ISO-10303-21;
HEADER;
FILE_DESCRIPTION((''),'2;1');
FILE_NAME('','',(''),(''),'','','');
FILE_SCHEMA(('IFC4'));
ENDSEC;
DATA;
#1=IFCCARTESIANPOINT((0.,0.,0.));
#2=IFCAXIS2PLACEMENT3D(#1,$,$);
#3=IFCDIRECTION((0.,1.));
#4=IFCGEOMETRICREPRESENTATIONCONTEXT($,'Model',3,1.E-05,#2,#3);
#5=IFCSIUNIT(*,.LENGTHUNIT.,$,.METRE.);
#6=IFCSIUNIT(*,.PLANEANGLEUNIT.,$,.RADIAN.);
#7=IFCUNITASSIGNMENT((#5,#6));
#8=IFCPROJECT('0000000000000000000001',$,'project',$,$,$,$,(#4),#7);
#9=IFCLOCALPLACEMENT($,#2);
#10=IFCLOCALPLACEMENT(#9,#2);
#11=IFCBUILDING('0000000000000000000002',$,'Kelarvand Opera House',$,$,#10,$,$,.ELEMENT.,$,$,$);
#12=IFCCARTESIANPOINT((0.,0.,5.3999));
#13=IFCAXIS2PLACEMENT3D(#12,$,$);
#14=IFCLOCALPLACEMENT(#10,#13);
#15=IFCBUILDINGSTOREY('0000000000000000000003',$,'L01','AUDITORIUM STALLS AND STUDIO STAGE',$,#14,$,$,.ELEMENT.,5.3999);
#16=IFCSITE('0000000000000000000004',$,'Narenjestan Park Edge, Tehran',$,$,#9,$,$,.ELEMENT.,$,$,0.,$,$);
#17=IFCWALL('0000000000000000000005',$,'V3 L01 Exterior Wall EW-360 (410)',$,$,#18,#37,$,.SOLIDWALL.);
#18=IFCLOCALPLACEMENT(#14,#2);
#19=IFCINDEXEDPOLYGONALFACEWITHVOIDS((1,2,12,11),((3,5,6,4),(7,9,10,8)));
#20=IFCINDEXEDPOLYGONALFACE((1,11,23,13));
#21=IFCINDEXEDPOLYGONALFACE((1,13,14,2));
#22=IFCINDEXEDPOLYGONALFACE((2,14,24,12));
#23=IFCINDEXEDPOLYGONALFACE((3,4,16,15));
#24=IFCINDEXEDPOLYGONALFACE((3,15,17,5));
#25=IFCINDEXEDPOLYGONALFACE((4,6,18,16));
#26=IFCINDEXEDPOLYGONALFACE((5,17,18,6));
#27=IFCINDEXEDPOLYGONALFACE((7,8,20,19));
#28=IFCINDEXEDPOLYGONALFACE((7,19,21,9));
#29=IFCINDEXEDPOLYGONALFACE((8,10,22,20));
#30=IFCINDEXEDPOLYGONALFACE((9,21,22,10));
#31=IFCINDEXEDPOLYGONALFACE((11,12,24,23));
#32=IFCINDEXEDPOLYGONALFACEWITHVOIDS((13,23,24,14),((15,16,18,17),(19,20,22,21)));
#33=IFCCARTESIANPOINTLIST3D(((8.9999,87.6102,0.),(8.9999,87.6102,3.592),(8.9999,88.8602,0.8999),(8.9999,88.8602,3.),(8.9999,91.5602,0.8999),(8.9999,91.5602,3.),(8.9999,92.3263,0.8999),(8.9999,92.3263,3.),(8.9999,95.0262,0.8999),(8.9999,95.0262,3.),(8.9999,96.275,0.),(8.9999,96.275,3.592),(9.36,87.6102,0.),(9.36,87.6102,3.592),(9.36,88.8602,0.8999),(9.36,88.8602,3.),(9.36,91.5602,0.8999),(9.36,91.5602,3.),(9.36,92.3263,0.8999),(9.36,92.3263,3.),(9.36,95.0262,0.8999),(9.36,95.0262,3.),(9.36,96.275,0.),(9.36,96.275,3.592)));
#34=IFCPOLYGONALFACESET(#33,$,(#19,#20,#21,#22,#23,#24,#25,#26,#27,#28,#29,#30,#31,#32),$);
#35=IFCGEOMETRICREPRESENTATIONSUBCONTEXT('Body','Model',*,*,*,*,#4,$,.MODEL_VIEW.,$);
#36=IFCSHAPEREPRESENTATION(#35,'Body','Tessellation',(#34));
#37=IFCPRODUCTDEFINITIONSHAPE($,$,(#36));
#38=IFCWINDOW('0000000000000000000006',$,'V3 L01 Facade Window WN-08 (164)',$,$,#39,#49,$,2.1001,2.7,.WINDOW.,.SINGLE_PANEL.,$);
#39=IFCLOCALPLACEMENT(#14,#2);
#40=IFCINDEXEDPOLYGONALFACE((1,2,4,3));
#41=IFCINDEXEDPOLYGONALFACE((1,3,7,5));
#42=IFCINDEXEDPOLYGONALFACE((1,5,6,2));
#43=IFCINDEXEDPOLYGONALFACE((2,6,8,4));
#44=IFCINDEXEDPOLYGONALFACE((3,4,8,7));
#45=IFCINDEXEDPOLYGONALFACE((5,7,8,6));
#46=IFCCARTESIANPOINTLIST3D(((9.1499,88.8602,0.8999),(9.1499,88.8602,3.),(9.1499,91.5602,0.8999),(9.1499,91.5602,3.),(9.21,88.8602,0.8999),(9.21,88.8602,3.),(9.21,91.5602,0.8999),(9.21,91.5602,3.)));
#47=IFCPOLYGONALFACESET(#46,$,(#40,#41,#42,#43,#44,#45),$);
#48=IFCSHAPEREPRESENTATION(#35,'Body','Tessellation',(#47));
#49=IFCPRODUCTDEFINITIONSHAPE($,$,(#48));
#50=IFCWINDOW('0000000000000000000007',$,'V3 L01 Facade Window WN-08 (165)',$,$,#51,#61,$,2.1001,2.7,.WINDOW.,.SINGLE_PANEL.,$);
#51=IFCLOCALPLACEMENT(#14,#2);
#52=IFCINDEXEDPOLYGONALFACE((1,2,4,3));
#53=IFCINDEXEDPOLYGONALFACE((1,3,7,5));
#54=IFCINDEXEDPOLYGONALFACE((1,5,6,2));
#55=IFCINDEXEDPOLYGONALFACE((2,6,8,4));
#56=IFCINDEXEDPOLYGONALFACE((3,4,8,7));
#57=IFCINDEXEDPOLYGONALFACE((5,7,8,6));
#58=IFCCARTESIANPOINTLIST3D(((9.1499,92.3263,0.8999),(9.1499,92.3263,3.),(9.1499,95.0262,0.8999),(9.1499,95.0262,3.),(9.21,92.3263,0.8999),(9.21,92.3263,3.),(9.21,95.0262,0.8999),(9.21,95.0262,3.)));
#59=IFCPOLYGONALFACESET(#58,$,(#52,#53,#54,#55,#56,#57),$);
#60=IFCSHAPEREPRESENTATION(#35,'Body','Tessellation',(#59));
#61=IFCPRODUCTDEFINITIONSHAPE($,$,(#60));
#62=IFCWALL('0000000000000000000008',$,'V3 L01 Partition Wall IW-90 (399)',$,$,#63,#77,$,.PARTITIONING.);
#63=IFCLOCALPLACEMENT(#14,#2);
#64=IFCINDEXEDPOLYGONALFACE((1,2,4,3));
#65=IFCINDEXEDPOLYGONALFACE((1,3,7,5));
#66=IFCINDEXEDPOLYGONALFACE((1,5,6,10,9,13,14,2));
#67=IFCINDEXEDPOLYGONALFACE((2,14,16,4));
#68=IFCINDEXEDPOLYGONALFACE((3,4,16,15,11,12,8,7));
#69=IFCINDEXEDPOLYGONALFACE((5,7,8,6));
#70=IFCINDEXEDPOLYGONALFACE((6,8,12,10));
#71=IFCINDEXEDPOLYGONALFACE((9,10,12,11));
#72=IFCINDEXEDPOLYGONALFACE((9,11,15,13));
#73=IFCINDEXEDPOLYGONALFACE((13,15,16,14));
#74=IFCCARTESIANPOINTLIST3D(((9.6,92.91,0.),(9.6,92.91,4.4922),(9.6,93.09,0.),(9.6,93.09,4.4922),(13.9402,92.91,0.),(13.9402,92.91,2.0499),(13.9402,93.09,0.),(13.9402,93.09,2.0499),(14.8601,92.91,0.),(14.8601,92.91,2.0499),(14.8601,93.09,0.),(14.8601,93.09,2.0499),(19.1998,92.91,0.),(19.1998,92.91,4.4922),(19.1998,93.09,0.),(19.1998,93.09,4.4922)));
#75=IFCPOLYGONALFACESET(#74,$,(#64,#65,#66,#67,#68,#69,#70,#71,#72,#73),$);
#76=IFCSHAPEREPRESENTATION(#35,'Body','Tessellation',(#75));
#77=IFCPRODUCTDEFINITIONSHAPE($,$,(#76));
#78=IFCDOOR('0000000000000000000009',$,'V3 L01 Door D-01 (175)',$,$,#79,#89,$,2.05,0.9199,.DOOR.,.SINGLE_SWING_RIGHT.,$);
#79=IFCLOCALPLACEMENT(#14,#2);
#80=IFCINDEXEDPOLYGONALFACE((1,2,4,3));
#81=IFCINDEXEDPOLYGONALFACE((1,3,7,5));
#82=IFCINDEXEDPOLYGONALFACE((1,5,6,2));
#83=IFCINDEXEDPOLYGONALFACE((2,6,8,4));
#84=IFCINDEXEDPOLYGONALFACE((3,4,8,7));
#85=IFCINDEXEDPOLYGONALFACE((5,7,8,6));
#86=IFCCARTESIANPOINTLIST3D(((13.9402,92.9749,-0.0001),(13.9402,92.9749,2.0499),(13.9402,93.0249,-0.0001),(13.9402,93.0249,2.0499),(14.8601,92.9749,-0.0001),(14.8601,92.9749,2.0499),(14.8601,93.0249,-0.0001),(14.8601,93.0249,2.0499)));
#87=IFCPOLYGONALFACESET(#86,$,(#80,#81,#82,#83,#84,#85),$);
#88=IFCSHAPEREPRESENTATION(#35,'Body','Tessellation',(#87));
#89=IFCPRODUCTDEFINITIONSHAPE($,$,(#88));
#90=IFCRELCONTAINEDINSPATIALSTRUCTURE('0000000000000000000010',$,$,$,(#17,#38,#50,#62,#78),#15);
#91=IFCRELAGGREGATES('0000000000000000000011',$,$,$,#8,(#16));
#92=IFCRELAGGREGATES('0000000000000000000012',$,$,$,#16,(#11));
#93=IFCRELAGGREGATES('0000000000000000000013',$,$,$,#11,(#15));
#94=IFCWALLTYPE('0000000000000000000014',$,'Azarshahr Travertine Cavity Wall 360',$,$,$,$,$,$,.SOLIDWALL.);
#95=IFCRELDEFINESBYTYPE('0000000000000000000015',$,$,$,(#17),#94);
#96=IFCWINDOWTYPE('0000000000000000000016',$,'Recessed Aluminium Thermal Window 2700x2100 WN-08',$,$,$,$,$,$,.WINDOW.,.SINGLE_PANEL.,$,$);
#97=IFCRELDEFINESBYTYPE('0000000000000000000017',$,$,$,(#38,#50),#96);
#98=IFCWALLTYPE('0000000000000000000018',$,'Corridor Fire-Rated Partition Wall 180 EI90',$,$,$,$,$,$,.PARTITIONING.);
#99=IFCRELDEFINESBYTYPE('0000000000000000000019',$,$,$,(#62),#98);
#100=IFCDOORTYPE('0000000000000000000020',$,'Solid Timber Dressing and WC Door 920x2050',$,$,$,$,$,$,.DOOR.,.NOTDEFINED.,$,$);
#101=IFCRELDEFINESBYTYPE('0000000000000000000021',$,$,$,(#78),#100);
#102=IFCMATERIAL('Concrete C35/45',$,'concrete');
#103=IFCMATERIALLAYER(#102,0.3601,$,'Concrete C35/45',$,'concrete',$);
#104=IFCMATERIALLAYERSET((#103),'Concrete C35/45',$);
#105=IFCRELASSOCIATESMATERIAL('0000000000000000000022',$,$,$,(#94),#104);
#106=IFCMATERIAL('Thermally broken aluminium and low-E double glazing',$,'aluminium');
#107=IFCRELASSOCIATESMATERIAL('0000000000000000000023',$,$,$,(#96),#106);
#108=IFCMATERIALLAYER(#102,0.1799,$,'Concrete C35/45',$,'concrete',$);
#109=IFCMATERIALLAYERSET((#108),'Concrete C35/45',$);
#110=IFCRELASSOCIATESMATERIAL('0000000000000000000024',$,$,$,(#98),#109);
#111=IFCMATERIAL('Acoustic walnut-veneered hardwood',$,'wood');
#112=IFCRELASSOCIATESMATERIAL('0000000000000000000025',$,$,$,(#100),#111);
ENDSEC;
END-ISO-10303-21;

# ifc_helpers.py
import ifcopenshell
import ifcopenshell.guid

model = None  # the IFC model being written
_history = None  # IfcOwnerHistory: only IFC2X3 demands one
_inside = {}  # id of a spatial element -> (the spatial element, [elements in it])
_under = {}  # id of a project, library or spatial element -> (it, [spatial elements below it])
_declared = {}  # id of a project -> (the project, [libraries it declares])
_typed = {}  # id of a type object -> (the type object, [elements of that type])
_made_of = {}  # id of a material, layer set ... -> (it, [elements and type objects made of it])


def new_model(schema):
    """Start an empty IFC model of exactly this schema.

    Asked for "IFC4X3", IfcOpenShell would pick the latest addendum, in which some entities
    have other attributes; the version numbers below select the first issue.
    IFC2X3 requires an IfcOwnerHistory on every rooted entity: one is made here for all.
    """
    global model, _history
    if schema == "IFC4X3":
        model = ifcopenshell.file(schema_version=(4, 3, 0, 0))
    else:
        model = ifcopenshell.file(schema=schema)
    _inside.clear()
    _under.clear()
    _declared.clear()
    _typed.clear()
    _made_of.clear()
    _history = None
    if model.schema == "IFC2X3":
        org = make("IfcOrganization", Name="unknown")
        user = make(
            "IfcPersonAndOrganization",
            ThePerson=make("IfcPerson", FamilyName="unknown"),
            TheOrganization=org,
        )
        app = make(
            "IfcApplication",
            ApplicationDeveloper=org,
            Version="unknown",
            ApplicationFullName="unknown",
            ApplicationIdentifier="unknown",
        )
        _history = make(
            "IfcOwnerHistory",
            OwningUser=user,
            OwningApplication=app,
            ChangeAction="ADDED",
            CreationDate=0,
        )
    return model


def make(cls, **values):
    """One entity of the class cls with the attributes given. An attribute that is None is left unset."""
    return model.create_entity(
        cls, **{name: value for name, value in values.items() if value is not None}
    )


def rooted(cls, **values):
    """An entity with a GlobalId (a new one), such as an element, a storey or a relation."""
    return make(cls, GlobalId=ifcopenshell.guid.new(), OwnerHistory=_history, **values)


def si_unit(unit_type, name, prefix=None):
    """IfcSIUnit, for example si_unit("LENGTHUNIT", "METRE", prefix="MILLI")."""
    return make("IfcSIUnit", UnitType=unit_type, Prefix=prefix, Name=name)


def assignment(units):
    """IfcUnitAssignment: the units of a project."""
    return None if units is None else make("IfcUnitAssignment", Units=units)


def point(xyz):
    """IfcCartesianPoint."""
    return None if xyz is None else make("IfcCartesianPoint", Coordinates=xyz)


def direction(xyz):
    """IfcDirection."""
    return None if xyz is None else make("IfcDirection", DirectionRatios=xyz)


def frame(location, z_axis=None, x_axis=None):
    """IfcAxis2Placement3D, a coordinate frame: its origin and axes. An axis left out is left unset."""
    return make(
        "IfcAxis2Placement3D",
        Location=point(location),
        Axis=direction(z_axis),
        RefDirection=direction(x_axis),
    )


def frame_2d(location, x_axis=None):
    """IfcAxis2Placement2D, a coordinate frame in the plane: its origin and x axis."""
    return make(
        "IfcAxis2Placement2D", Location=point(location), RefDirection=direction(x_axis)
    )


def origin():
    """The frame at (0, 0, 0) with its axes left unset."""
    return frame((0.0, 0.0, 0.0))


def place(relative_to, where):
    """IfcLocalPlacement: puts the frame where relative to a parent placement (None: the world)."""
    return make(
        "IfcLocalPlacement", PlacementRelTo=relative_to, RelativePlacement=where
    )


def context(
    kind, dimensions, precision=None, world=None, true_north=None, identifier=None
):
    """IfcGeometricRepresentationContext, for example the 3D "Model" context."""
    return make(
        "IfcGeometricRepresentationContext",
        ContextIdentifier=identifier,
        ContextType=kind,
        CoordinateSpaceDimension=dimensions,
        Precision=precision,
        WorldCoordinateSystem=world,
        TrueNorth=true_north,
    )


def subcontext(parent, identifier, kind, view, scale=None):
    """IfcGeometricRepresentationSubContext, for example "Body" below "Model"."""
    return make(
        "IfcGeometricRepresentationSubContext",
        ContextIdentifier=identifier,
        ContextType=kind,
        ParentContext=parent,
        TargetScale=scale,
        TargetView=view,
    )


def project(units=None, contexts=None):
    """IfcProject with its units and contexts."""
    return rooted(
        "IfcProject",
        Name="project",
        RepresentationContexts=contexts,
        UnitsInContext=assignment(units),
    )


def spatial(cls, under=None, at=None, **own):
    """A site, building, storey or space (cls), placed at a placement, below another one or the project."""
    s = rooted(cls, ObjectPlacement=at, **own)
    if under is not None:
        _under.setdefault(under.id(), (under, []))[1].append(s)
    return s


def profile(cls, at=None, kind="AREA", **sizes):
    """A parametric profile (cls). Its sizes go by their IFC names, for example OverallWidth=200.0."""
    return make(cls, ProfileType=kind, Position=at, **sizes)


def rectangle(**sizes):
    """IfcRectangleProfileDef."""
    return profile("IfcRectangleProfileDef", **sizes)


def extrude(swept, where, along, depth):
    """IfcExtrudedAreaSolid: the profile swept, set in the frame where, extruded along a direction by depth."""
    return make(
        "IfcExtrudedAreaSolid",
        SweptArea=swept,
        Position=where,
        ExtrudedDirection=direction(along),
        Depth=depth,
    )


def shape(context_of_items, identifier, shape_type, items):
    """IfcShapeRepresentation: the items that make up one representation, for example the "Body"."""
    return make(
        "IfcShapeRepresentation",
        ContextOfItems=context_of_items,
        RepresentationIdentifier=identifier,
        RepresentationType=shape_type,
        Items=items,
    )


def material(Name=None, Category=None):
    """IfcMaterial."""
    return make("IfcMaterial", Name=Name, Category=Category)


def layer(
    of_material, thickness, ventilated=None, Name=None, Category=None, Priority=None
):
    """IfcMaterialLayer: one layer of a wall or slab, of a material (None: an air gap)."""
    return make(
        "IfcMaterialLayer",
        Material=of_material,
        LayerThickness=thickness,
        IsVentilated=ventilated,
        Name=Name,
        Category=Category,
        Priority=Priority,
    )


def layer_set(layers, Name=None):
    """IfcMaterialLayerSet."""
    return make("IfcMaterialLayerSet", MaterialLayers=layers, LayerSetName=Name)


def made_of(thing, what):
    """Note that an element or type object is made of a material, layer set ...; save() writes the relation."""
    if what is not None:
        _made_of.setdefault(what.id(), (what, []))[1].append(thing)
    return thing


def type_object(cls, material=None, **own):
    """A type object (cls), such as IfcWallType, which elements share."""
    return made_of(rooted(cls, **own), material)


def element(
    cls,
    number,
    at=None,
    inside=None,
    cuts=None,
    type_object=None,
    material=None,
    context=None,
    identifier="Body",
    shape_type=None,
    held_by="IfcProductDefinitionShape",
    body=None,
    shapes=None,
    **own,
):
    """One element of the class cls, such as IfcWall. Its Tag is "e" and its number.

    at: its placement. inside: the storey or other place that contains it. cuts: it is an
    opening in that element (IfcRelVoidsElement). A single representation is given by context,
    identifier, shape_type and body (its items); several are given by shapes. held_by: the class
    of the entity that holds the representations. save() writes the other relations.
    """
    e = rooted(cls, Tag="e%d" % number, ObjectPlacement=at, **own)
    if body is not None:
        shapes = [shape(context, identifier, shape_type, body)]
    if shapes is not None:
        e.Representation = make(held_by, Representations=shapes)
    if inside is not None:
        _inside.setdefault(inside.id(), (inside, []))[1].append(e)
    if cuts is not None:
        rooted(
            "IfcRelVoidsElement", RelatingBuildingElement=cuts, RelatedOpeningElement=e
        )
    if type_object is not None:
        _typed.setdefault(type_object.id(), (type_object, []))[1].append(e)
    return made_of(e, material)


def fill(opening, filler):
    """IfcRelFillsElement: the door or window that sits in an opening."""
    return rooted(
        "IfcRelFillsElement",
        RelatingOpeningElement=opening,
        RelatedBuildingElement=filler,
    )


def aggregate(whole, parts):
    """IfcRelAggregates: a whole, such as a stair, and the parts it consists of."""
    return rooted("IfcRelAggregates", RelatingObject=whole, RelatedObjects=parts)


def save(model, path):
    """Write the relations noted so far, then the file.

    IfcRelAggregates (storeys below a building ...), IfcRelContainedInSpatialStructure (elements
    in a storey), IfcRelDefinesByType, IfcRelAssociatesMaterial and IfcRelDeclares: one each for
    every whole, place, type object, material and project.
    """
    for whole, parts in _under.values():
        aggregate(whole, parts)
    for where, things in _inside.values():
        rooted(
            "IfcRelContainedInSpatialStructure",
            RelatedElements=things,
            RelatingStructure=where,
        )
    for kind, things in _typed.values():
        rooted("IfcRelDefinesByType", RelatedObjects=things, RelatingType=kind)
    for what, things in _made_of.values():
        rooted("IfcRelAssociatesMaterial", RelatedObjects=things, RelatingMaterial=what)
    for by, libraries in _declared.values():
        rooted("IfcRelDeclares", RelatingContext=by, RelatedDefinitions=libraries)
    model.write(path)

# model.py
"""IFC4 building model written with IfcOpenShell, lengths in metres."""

from ifc_helpers import new_model, si_unit, direction, frame, frame_2d, origin, place, context, subcontext, project, spatial, rectangle, extrude, material, layer, layer_set, type_object, element, fill, save


model = new_model("IFC4")

# Units and contexts
model_context = context("Model", 3, precision=1e-05, world=origin(), true_north=direction((0.0, 1.0)))
body_context = subcontext(model_context, "Body", "Model", "MODEL_VIEW")
ifc_project = project(units=[si_unit("LENGTHUNIT", "METRE"), si_unit("PLANEANGLEUNIT", "RADIAN")], contexts=[model_context])

# Site, building, storey
site_placement = place(None, origin())
site = spatial("IfcSite", under=ifc_project, at=site_placement, Name="Narenjestan Park Edge, Tehran", CompositionType="ELEMENT", RefElevation=0.0)
building_placement = place(site_placement, origin())
building = spatial("IfcBuilding", under=site, at=building_placement, Name="Kelarvand Opera House", CompositionType="ELEMENT")
storey_placement = place(building_placement, frame((0.0, 0.0, 5.3999)))
storey = spatial("IfcBuildingStorey", under=building, at=storey_placement, Name="L01", Description="AUDITORIUM STALLS AND STUDIO STAGE", CompositionType="ELEMENT", Elevation=5.3999)

# Wall, openings, windows
ifc_material_1 = material(Name="Concrete C35/45", Category="concrete")
ifc_layer_1 = layer(ifc_material_1, 0.3601, Name="Concrete C35/45", Category="concrete")
ifc_layer_set_1 = layer_set([ifc_layer_1], Name="Concrete C35/45")
wall_type_1 = type_object("IfcWallType", Name="Azarshahr Travertine Cavity Wall 360", PredefinedType="SOLIDWALL", material=ifc_layer_set_1)
wall_1_placement = place(storey_placement, frame((9.1799, 87.6101, 0.0), z_axis=(0.0, 0.0, 1.0), x_axis=(0.0, 1.0, 0.0)))
wall_1 = element("IfcWall", 1, at=wall_1_placement, inside=storey, type_object=wall_type_1, Name="V3 L01 Exterior Wall EW-360 (410)", PredefinedType="SOLIDWALL", context=body_context, shape_type="SweptSolid", body=[
    extrude(rectangle(XDim=8.6648, YDim=0.3601, at=frame_2d((4.3325, 0.0))), origin(), (0.0, 0.0, 1.0), 3.592),
])
opening_1_placement = place(wall_1_placement, frame((1.25, 0.0, 0.8999)))
opening_1 = element("IfcOpeningElement", 2, at=opening_1_placement, cuts=wall_1, PredefinedType="OPENING", context=body_context, shape_type="SweptSolid", body=[
    extrude(rectangle(XDim=2.7, YDim=2.1001, at=frame_2d((1.3501, 1.05))), frame((0.0, 0.1899, 0.0), z_axis=(0.0, -1.0, 0.0), x_axis=(1.0, 0.0, 0.0)), (0.0, 0.0, 1.0), 0.3801),
])
opening_2_placement = place(wall_1_placement, frame((4.7161, 0.0, 0.8999)))
opening_2 = element("IfcOpeningElement", 3, at=opening_2_placement, cuts=wall_1, PredefinedType="OPENING", context=body_context, shape_type="SweptSolid", body=[
    extrude(rectangle(XDim=2.7, YDim=2.1001, at=frame_2d((1.3501, 1.05))), frame((0.0, 0.1899, 0.0), z_axis=(0.0, -1.0, 0.0), x_axis=(1.0, 0.0, 0.0)), (0.0, 0.0, 1.0), 0.3801),
])
ifc_material_2 = material(Name="Thermally broken aluminium and low-E double glazing", Category="aluminium")
window_type = type_object("IfcWindowType", Name="Recessed Aluminium Thermal Window 2700x2100 WN-08", PartitioningType="SINGLE_PANEL", PredefinedType="WINDOW", material=ifc_material_2)
window_1_placement = place(opening_1_placement, origin())
window_1 = element("IfcWindow", 4, at=window_1_placement, inside=storey, type_object=window_type, Name="V3 L01 Facade Window WN-08 (164)", OverallHeight=2.1001, OverallWidth=2.7, PartitioningType="SINGLE_PANEL", PredefinedType="WINDOW", context=body_context, shape_type="SweptSolid", body=[
    extrude(rectangle(XDim=2.7, YDim=2.1001, at=frame_2d((1.3501, 1.05))), frame((0.0, 0.03, 0.0), z_axis=(0.0, -1.0, 0.0), x_axis=(1.0, 0.0, 0.0)), (0.0, 0.0, 1.0), 0.0601),
])
fill(opening_1, window_1)
window_2_placement = place(opening_2_placement, origin())
window_2 = element("IfcWindow", 5, at=window_2_placement, inside=storey, type_object=window_type, Name="V3 L01 Facade Window WN-08 (165)", OverallHeight=2.1001, OverallWidth=2.7, PartitioningType="SINGLE_PANEL", PredefinedType="WINDOW", context=body_context, shape_type="SweptSolid", body=[
    extrude(rectangle(XDim=2.7, YDim=2.1001, at=frame_2d((1.3501, 1.05))), frame((0.0, 0.03, 0.0), z_axis=(0.0, -1.0, 0.0), x_axis=(1.0, 0.0, 0.0)), (0.0, 0.0, 1.0), 0.0601),
])
fill(opening_2, window_2)

# Wall, opening, door
ifc_layer_2 = layer(ifc_material_1, 0.1799, Name="Concrete C35/45", Category="concrete")
ifc_layer_set_2 = layer_set([ifc_layer_2], Name="Concrete C35/45")
wall_type_2 = type_object("IfcWallType", Name="Corridor Fire-Rated Partition Wall 180 EI90", PredefinedType="PARTITIONING", material=ifc_layer_set_2)
wall_2_placement = place(storey_placement, frame((9.6001, 93.0, 0.0), z_axis=(0.0, 0.0, 1.0), x_axis=(1.0, 0.0, 0.0)))
wall_2 = element("IfcWall", 6, at=wall_2_placement, inside=storey, type_object=wall_type_2, Name="V3 L01 Partition Wall IW-90 (399)", PredefinedType="PARTITIONING", context=body_context, shape_type="SweptSolid", body=[
    extrude(rectangle(XDim=9.5999, YDim=0.1799, at=frame_2d((4.7998, 0.0))), origin(), (0.0, 0.0, 1.0), 4.4922),
])
opening_3_placement = place(wall_2_placement, frame((4.3401, 0.0, 0.0)))
opening_3 = element("IfcOpeningElement", 7, at=opening_3_placement, cuts=wall_2, PredefinedType="OPENING", context=body_context, shape_type="SweptSolid", body=[
    extrude(rectangle(XDim=0.9199, YDim=2.05, at=frame_2d((0.46, 1.0249))), frame((0.0, 0.1001, 0.0), z_axis=(0.0, -1.0, 0.0), x_axis=(1.0, 0.0, 0.0)), (0.0, 0.0, 1.0), 0.2),
])
ifc_material_3 = material(Name="Acoustic walnut-veneered hardwood", Category="wood")
door_type = type_object("IfcDoorType", Name="Solid Timber Dressing and WC Door 920x2050", OperationType="NOTDEFINED", PredefinedType="DOOR", material=ifc_material_3)
door_placement = place(opening_3_placement, origin())
door = element("IfcDoor", 8, at=door_placement, inside=storey, type_object=door_type, Name="V3 L01 Door D-01 (175)", OperationType="SINGLE_SWING_RIGHT", OverallHeight=2.05, OverallWidth=0.9199, PredefinedType="DOOR", context=body_context, shape_type="SweptSolid", body=[
    extrude(rectangle(XDim=0.9199, YDim=2.05, at=frame_2d((0.46, 1.0249))), frame((0.0, 0.0249, 0.0), z_axis=(0.0, -1.0, 0.0), x_axis=(1.0, 0.0, 0.0)), (0.0, 0.0, 1.0), 0.05),
])
fill(opening_3, door)

save(model, "model.ifc")
